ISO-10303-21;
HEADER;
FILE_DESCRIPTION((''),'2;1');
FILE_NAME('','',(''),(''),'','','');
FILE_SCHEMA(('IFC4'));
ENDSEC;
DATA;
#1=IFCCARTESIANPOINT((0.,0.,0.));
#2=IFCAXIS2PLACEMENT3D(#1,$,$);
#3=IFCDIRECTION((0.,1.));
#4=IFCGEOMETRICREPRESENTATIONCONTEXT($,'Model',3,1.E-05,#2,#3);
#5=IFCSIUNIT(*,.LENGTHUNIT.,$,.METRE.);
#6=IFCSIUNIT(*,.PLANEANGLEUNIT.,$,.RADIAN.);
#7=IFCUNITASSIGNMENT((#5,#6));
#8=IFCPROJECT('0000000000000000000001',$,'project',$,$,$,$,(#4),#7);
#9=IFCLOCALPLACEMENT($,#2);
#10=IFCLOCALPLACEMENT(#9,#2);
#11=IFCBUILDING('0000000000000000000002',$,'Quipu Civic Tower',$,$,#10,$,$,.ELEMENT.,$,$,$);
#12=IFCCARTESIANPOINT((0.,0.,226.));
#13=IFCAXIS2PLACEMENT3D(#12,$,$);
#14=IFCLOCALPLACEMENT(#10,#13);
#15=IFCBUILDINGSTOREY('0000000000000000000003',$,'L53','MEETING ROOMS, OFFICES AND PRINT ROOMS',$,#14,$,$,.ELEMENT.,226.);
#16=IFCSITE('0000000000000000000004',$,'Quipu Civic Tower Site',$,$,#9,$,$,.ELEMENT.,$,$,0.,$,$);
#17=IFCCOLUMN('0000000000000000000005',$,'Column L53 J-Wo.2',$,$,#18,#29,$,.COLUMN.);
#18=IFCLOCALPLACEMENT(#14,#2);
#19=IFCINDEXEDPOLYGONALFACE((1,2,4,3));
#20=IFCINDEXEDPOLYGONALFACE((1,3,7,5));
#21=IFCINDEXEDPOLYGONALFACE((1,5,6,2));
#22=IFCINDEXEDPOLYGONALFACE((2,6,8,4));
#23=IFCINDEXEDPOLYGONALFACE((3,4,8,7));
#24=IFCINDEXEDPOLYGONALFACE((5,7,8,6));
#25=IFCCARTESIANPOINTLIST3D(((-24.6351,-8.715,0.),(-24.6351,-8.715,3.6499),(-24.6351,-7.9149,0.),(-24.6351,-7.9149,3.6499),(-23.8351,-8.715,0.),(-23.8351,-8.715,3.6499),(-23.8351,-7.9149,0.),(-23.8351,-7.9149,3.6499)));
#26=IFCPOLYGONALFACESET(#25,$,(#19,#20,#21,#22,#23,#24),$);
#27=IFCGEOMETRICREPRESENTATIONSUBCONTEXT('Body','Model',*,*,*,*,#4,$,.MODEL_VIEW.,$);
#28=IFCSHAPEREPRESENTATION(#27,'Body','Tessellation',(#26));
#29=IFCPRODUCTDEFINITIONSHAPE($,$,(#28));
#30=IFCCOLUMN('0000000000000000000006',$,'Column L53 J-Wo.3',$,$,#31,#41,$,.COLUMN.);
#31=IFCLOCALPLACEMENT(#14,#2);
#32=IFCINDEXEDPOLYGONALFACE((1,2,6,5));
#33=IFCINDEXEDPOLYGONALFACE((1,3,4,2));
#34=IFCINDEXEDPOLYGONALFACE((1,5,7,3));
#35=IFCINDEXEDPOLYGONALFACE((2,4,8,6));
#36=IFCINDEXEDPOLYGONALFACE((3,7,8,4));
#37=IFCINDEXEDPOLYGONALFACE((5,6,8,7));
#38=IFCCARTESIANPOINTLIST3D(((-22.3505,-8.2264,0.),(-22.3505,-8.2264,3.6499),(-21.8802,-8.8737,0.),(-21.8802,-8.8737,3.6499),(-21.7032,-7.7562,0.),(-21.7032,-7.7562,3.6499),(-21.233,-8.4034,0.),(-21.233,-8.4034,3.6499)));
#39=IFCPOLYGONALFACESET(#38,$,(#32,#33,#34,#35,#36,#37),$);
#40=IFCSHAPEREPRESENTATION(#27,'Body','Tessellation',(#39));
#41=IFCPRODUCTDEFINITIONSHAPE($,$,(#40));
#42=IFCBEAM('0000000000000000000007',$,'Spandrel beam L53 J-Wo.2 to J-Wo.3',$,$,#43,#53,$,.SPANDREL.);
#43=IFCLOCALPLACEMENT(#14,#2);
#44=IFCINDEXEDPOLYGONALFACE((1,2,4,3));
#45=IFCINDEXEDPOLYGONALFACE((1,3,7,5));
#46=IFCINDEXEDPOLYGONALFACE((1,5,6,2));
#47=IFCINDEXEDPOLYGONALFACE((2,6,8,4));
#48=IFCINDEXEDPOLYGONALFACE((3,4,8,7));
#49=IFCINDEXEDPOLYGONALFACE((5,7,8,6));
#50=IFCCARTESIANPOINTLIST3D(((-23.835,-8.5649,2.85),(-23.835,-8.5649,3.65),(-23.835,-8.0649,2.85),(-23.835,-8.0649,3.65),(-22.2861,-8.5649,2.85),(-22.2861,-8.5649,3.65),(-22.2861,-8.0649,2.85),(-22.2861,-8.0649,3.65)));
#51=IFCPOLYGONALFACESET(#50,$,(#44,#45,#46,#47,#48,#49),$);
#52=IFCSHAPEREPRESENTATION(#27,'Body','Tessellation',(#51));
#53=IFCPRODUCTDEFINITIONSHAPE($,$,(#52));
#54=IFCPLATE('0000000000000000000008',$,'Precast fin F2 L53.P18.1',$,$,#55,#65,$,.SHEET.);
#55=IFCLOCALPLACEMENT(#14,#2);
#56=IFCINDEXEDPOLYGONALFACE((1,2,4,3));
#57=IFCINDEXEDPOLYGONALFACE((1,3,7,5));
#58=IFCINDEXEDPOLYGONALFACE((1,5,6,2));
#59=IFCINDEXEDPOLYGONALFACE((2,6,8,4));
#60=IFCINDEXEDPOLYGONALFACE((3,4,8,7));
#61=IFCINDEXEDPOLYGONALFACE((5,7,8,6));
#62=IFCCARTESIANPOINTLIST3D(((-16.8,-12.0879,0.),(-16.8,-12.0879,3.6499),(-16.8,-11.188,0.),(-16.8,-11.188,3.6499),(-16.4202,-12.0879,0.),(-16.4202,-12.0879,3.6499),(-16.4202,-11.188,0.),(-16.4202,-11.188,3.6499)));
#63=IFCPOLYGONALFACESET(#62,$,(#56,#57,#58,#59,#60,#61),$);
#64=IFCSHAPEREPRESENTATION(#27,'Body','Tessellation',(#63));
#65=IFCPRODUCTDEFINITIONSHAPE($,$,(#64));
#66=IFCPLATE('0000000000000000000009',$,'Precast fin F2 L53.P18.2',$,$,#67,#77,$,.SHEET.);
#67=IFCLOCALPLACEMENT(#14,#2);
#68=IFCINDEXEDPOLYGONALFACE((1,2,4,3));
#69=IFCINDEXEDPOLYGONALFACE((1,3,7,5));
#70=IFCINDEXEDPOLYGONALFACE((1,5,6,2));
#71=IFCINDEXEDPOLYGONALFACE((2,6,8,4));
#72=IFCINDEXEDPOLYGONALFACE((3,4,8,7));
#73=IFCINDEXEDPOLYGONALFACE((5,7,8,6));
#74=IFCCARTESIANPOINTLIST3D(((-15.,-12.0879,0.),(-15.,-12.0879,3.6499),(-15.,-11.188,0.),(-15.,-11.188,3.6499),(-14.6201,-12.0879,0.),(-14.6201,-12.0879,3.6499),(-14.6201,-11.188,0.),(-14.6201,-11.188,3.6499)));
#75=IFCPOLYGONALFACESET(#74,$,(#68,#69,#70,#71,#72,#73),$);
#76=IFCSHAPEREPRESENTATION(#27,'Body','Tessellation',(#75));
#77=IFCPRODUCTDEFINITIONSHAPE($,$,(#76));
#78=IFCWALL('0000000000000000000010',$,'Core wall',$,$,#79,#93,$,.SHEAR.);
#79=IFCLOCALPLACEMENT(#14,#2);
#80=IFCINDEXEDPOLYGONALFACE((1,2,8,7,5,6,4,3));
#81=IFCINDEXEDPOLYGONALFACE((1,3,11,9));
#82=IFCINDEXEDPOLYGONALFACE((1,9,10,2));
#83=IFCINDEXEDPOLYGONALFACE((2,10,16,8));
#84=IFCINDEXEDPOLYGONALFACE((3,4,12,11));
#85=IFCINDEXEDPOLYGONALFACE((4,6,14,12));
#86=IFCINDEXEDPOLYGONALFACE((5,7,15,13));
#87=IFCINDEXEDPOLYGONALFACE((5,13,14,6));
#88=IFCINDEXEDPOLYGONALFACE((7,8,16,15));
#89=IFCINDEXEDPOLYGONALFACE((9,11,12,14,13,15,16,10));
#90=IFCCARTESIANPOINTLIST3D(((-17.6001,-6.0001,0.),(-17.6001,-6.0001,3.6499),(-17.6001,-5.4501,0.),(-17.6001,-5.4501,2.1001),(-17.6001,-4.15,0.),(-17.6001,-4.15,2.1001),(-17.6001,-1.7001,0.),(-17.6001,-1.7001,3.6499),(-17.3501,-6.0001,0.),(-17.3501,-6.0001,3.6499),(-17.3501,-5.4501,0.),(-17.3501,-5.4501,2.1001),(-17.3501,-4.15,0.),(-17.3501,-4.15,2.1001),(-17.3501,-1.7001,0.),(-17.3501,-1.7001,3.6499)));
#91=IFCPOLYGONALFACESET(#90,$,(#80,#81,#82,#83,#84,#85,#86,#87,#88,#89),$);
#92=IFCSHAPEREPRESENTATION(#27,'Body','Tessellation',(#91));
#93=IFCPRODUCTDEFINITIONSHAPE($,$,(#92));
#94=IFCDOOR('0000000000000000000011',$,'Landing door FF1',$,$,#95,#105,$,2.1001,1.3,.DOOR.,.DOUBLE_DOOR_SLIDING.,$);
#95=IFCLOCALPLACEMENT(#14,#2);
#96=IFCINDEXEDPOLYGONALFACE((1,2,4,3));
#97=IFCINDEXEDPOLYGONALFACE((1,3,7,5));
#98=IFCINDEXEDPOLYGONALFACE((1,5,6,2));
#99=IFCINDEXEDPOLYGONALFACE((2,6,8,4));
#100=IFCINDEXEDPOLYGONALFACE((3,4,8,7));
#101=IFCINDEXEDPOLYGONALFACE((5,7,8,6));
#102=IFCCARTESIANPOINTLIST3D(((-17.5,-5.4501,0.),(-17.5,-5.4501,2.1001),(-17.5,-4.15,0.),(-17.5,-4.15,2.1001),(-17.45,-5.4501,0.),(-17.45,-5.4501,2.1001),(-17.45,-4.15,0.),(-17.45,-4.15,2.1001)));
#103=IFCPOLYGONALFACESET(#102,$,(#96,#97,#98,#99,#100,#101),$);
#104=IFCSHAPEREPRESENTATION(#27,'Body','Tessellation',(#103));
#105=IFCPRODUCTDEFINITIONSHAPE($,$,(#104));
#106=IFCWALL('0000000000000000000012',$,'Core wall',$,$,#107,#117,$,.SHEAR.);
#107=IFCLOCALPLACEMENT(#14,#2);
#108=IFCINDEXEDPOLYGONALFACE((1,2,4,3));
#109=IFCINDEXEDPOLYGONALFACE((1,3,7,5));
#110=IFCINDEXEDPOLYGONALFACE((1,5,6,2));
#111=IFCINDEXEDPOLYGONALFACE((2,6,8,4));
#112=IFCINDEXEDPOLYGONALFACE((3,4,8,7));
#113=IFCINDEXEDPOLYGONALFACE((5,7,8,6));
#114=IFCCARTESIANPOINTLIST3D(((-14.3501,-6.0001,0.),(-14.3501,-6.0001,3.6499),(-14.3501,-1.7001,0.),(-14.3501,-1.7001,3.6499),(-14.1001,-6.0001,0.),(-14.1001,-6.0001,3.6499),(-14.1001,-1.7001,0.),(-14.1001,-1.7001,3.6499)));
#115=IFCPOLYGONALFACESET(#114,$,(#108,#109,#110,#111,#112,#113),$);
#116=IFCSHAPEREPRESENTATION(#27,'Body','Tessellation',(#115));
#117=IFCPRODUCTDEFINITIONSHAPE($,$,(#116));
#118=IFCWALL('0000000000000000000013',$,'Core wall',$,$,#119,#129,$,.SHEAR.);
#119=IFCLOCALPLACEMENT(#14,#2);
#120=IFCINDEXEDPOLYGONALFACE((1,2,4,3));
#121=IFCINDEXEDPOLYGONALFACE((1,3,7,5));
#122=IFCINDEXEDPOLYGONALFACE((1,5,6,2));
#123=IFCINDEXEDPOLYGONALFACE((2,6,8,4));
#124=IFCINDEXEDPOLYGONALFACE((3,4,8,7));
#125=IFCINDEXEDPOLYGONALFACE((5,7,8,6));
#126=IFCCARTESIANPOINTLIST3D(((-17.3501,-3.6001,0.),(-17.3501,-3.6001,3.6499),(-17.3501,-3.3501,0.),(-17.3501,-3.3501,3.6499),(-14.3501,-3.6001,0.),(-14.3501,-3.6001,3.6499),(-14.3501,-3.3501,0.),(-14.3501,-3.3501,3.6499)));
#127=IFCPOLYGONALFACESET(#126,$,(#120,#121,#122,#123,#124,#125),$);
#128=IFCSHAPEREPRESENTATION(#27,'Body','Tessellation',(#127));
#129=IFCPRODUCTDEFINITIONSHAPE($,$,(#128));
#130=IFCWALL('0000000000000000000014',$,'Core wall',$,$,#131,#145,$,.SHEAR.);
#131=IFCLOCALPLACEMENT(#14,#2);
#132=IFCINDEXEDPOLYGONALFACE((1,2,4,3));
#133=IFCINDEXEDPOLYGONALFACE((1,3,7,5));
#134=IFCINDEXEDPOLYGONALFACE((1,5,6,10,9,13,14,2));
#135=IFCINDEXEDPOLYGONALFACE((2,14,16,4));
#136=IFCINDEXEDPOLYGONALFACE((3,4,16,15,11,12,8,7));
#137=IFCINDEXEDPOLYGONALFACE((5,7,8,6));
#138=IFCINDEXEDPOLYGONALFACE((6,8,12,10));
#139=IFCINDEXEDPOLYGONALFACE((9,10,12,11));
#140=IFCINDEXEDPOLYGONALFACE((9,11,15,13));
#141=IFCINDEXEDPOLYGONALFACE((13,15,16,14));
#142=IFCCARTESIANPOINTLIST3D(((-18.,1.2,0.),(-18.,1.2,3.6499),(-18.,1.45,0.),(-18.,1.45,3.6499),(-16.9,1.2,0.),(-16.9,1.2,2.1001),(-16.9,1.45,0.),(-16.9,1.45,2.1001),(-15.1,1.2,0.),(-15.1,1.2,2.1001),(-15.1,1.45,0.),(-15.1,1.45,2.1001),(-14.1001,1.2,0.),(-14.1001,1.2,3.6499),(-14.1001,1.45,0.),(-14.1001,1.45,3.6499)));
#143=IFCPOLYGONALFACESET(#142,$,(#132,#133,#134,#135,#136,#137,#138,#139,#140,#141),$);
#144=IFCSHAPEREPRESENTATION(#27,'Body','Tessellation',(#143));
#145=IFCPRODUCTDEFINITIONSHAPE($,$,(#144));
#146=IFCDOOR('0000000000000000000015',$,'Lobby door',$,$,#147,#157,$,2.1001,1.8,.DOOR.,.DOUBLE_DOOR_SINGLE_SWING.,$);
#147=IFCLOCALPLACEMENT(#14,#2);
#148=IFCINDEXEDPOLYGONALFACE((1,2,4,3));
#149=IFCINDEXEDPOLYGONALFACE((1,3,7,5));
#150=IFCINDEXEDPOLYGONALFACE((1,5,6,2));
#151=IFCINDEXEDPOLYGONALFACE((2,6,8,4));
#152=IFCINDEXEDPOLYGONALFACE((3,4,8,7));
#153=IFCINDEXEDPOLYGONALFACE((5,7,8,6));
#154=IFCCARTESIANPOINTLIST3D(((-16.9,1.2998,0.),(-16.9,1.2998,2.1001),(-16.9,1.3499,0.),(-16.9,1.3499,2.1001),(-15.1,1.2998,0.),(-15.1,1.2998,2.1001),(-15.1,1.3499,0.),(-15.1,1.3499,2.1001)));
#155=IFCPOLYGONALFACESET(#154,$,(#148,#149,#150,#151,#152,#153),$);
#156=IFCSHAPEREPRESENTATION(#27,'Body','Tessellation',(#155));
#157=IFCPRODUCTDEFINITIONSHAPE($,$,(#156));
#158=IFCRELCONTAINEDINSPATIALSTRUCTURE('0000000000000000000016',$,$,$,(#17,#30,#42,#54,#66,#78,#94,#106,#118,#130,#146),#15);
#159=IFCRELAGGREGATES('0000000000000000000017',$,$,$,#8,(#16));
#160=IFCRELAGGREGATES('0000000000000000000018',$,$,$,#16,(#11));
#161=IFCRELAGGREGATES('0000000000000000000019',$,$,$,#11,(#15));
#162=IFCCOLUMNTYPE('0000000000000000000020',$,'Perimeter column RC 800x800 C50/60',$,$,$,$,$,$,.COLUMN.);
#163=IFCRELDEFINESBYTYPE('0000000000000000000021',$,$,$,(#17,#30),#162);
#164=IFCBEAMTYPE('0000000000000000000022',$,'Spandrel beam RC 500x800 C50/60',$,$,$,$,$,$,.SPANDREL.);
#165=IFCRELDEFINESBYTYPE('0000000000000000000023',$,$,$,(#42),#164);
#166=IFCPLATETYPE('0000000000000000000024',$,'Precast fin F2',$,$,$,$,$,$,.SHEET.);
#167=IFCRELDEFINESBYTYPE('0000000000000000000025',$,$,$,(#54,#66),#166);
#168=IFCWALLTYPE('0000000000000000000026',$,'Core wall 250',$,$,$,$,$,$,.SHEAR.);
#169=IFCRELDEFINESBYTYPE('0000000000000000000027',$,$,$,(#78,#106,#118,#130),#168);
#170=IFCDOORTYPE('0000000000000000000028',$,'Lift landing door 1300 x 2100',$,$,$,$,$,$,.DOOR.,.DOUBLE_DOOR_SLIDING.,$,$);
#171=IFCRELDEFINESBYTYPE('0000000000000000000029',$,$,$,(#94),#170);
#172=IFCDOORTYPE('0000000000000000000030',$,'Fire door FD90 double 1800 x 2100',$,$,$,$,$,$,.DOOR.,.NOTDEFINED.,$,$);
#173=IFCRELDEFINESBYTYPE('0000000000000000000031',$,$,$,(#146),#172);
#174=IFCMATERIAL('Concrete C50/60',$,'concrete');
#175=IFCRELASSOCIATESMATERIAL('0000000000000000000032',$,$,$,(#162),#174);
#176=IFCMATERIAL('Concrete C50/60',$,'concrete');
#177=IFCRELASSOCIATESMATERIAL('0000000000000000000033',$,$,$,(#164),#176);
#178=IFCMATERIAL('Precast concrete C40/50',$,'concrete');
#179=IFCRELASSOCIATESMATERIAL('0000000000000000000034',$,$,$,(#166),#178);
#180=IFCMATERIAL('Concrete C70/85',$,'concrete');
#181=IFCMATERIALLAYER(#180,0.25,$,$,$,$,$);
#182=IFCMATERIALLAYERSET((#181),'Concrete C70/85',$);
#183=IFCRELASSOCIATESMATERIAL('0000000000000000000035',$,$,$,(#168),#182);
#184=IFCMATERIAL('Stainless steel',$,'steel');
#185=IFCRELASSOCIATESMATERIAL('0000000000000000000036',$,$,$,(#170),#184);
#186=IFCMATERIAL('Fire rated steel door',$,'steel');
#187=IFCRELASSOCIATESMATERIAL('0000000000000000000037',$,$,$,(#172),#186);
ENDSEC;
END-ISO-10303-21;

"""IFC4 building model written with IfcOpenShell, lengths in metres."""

from ifc_helpers import new_model, si_unit, direction, frame, frame_2d, origin, origin_2d, place, context, subcontext, project, spatial, rectangle, extrude, material, layer, layer_set, material_profile, profile_set, type_object, element, fill, save


model = new_model("IFC4")

# Units and contexts
model_context = context("Model", 3, precision=1e-05, world=origin(), true_north=direction((0.0, 1.0)))
body_context = subcontext(model_context, "Body", "Model", "MODEL_VIEW")
ifc_project = project(units=[si_unit("LENGTHUNIT", "METRE"), si_unit("PLANEANGLEUNIT", "RADIAN")], contexts=[model_context])

# Site, building, storey
site_placement = place(None, origin())
site = spatial("IfcSite", under=ifc_project, at=site_placement, Name="Quipu Civic Tower Site", CompositionType="ELEMENT", RefElevation=0.0)
building_placement = place(site_placement, origin())
building = spatial("IfcBuilding", under=site, at=building_placement, Name="Quipu Civic Tower", CompositionType="ELEMENT")
storey_placement = place(building_placement, frame((0.0, 0.0, 226.0)))
storey = spatial("IfcBuildingStorey", under=building, at=storey_placement, Name="L53", Description="MEETING ROOMS, OFFICES AND PRINT ROOMS", CompositionType="ELEMENT", Elevation=226.0)

# Columns
ifc_material_1 = material(Name="Concrete C50/60", Category="concrete")
ifc_material_profile_1 = material_profile(ifc_material_1, rectangle(XDim=0.8, YDim=0.8, at=origin_2d()), Name="RC800x800")
ifc_profile_set_1 = profile_set([ifc_material_profile_1], Name="Concrete C50/60")
column_type = type_object("IfcColumnType", Name="Perimeter column RC 800x800 C50/60", PredefinedType="COLUMN", material=ifc_profile_set_1)
for number, where, z_axis, x_axis, name in (
    (1, (-24.2351, -8.3149, 0.0), (0.0, 0.0, 1.0), (1.0, 0.0, 0.0), "Column L53 J-Wo.2"),
    (2, (-21.7917, -8.3149, 0.0), (0.0, 0.0, 1.0), (0.587785, -0.809017, 0.0), "Column L53 J-Wo.3"),
):
    element("IfcColumn", number, at=place(storey_placement, frame(where, z_axis=z_axis, x_axis=x_axis)), inside=storey, type_object=column_type, Name=name, PredefinedType="COLUMN", context=body_context, shape_type="SweptSolid", body=[
        extrude(rectangle(XDim=0.8, YDim=0.8, at=origin_2d()), origin(), (0.0, 0.0, 1.0), 3.6499),
    ])

# Beam
ifc_material_2 = material(Name="Concrete C50/60", Category="concrete")
ifc_material_profile_2 = material_profile(ifc_material_2, rectangle(XDim=0.5, YDim=0.8, at=origin_2d()), Name="RC500x800")
ifc_profile_set_2 = profile_set([ifc_material_profile_2], Name="Concrete C50/60")
beam_type = type_object("IfcBeamType", Name="Spandrel beam RC 500x800 C50/60", PredefinedType="SPANDREL", material=ifc_profile_set_2)
beam_placement = place(storey_placement, frame((-23.835, -8.3149, 3.25), z_axis=(1.0, 0.0, 0.0), x_axis=(0.0, 1.0, 0.0)))
element("IfcBeam", 3, at=beam_placement, inside=storey, type_object=beam_type, Name="Spandrel beam L53 J-Wo.2 to J-Wo.3", PredefinedType="SPANDREL", context=body_context, shape_type="SweptSolid", body=[
    extrude(rectangle(XDim=0.5, YDim=0.8, at=origin_2d()), origin(), (0.0, 0.0, 1.0), 1.5488),
])

# Plates
ifc_material_3 = material(Name="Precast concrete C40/50", Category="concrete")
plate_type = type_object("IfcPlateType", Name="Precast fin F2", PredefinedType="SHEET", material=ifc_material_3)
for number, where, z_axis, x_axis, name in (
    (4, (-16.6101, -11.6379, 0.0), (0.0, 0.0, 1.0), (1.0, 0.0, 0.0), "Precast fin F2 L53.P18.1"),
    (5, (-14.8101, -11.6379, 0.0), (0.0, 0.0, 1.0), (1.0, 0.0, 0.0), "Precast fin F2 L53.P18.2"),
):
    element("IfcPlate", number, at=place(storey_placement, frame(where, z_axis=z_axis, x_axis=x_axis)), inside=storey, type_object=plate_type, Name=name, PredefinedType="SHEET", context=body_context, shape_type="SweptSolid", body=[
        extrude(rectangle(XDim=0.3799, YDim=0.8999, at=origin_2d()), origin(), (0.0, 0.0, 1.0), 3.6499),
    ])

# Wall, opening, door
ifc_material_4 = material(Name="Concrete C70/85", Category="concrete")
ifc_layer_1 = layer(ifc_material_4, 0.25)
ifc_layer_set_1 = layer_set([ifc_layer_1], Name="Concrete C70/85")
wall_type_1 = type_object("IfcWallType", Name="Core wall 250", PredefinedType="SHEAR", material=ifc_layer_set_1)
wall_1_placement = place(storey_placement, frame((-17.4751, -6.0, 0.0), z_axis=(0.0, 0.0, 1.0), x_axis=(0.0, 1.0, 0.0)))
wall_1 = element("IfcWall", 6, at=wall_1_placement, inside=storey, type_object=wall_type_1, Name="Core wall", PredefinedType="SHEAR", context=body_context, shape_type="SweptSolid", body=[
    extrude(rectangle(XDim=4.3, YDim=0.25, at=frame_2d((2.1499, 0.0))), origin(), (0.0, 0.0, 1.0), 3.6499),
])
opening_1_placement = place(wall_1_placement, frame((0.55, 0.0, 0.0)))
opening_1 = element("IfcOpeningElement", 7, at=opening_1_placement, cuts=wall_1, PredefinedType="OPENING", context=body_context, shape_type="SweptSolid", body=[
    extrude(rectangle(XDim=1.3, YDim=2.1001, at=frame_2d((0.6499, 1.05))), frame((0.0, 0.135, 0.0), z_axis=(0.0, -1.0, 0.0), x_axis=(1.0, 0.0, 0.0)), (0.0, 0.0, 1.0), 0.27),
])
ifc_material_5 = material(Name="Stainless steel", Category="steel")
door_type_1 = type_object("IfcDoorType", Name="Lift landing door 1300 x 2100", OperationType="DOUBLE_DOOR_SLIDING", PredefinedType="DOOR", material=ifc_material_5)
door_1_placement = place(opening_1_placement, origin())
door_1 = element("IfcDoor", 8, at=door_1_placement, inside=storey, type_object=door_type_1, Name="Landing door FF1", OperationType="DOUBLE_DOOR_SLIDING", OverallHeight=2.1001, OverallWidth=1.3, PredefinedType="DOOR", context=body_context, shape_type="SweptSolid", body=[
    extrude(rectangle(XDim=1.3, YDim=2.1001, at=frame_2d((0.6499, 1.05))), frame((0.0, 0.0249, 0.0), z_axis=(0.0, -1.0, 0.0), x_axis=(1.0, 0.0, 0.0)), (0.0, 0.0, 1.0), 0.05),
])
fill(opening_1, door_1)

# Walls
wall_2_placement = place(storey_placement, frame((-14.2251, -6.0, 0.0), z_axis=(0.0, 0.0, 1.0), x_axis=(0.0, 1.0, 0.0)))
element("IfcWall", 9, at=wall_2_placement, inside=storey, type_object=wall_type_1, Name="Core wall", PredefinedType="SHEAR", context=body_context, shape_type="SweptSolid", body=[
    extrude(rectangle(XDim=4.3, YDim=0.25, at=frame_2d((2.1499, 0.0))), origin(), (0.0, 0.0, 1.0), 3.6499),
])
wall_3_placement = place(storey_placement, frame((-17.3501, -3.4751, 0.0), z_axis=(0.0, 0.0, 1.0), x_axis=(1.0, 0.0, 0.0)))
element("IfcWall", 10, at=wall_3_placement, inside=storey, type_object=wall_type_1, Name="Core wall", PredefinedType="SHEAR", context=body_context, shape_type="SweptSolid", body=[
    extrude(rectangle(XDim=3.0, YDim=0.25, at=frame_2d((1.5, 0.0))), origin(), (0.0, 0.0, 1.0), 3.6499),
])

# Wall, opening, door
wall_4_placement = place(storey_placement, frame((-18.0, 1.325, 0.0), z_axis=(0.0, 0.0, 1.0), x_axis=(1.0, 0.0, 0.0)))
wall_4 = element("IfcWall", 11, at=wall_4_placement, inside=storey, type_object=wall_type_1, Name="Core wall", PredefinedType="SHEAR", context=body_context, shape_type="SweptSolid", body=[
    extrude(rectangle(XDim=3.8999, YDim=0.25, at=frame_2d((1.95, 0.0))), origin(), (0.0, 0.0, 1.0), 3.6499),
])
opening_2_placement = place(wall_4_placement, frame((1.1001, 0.0, 0.0)))
opening_2 = element("IfcOpeningElement", 12, at=opening_2_placement, cuts=wall_4, PredefinedType="OPENING", context=body_context, shape_type="SweptSolid", body=[
    extrude(rectangle(XDim=1.8, YDim=2.1001, at=frame_2d((0.8999, 1.05))), frame((0.0, 0.135, 0.0), z_axis=(0.0, -1.0, 0.0), x_axis=(1.0, 0.0, 0.0)), (0.0, 0.0, 1.0), 0.27),
])
ifc_material_6 = material(Name="Fire rated steel door", Category="steel")
door_type_2 = type_object("IfcDoorType", Name="Fire door FD90 double 1800 x 2100", OperationType="NOTDEFINED", PredefinedType="DOOR", material=ifc_material_6)
door_2_placement = place(opening_2_placement, origin())
door_2 = element("IfcDoor", 13, at=door_2_placement, inside=storey, type_object=door_type_2, Name="Lobby door", OperationType="DOUBLE_DOOR_SINGLE_SWING", OverallHeight=2.1001, OverallWidth=1.8, PredefinedType="DOOR", context=body_context, shape_type="SweptSolid", body=[
    extrude(rectangle(XDim=1.8, YDim=2.1001, at=frame_2d((0.8999, 1.05))), frame((0.0, 0.0249, 0.0), z_axis=(0.0, -1.0, 0.0), x_axis=(1.0, 0.0, 0.0)), (0.0, 0.0, 1.0), 0.05),
])
fill(opening_2, door_2)

save(model, "model.ifc")
